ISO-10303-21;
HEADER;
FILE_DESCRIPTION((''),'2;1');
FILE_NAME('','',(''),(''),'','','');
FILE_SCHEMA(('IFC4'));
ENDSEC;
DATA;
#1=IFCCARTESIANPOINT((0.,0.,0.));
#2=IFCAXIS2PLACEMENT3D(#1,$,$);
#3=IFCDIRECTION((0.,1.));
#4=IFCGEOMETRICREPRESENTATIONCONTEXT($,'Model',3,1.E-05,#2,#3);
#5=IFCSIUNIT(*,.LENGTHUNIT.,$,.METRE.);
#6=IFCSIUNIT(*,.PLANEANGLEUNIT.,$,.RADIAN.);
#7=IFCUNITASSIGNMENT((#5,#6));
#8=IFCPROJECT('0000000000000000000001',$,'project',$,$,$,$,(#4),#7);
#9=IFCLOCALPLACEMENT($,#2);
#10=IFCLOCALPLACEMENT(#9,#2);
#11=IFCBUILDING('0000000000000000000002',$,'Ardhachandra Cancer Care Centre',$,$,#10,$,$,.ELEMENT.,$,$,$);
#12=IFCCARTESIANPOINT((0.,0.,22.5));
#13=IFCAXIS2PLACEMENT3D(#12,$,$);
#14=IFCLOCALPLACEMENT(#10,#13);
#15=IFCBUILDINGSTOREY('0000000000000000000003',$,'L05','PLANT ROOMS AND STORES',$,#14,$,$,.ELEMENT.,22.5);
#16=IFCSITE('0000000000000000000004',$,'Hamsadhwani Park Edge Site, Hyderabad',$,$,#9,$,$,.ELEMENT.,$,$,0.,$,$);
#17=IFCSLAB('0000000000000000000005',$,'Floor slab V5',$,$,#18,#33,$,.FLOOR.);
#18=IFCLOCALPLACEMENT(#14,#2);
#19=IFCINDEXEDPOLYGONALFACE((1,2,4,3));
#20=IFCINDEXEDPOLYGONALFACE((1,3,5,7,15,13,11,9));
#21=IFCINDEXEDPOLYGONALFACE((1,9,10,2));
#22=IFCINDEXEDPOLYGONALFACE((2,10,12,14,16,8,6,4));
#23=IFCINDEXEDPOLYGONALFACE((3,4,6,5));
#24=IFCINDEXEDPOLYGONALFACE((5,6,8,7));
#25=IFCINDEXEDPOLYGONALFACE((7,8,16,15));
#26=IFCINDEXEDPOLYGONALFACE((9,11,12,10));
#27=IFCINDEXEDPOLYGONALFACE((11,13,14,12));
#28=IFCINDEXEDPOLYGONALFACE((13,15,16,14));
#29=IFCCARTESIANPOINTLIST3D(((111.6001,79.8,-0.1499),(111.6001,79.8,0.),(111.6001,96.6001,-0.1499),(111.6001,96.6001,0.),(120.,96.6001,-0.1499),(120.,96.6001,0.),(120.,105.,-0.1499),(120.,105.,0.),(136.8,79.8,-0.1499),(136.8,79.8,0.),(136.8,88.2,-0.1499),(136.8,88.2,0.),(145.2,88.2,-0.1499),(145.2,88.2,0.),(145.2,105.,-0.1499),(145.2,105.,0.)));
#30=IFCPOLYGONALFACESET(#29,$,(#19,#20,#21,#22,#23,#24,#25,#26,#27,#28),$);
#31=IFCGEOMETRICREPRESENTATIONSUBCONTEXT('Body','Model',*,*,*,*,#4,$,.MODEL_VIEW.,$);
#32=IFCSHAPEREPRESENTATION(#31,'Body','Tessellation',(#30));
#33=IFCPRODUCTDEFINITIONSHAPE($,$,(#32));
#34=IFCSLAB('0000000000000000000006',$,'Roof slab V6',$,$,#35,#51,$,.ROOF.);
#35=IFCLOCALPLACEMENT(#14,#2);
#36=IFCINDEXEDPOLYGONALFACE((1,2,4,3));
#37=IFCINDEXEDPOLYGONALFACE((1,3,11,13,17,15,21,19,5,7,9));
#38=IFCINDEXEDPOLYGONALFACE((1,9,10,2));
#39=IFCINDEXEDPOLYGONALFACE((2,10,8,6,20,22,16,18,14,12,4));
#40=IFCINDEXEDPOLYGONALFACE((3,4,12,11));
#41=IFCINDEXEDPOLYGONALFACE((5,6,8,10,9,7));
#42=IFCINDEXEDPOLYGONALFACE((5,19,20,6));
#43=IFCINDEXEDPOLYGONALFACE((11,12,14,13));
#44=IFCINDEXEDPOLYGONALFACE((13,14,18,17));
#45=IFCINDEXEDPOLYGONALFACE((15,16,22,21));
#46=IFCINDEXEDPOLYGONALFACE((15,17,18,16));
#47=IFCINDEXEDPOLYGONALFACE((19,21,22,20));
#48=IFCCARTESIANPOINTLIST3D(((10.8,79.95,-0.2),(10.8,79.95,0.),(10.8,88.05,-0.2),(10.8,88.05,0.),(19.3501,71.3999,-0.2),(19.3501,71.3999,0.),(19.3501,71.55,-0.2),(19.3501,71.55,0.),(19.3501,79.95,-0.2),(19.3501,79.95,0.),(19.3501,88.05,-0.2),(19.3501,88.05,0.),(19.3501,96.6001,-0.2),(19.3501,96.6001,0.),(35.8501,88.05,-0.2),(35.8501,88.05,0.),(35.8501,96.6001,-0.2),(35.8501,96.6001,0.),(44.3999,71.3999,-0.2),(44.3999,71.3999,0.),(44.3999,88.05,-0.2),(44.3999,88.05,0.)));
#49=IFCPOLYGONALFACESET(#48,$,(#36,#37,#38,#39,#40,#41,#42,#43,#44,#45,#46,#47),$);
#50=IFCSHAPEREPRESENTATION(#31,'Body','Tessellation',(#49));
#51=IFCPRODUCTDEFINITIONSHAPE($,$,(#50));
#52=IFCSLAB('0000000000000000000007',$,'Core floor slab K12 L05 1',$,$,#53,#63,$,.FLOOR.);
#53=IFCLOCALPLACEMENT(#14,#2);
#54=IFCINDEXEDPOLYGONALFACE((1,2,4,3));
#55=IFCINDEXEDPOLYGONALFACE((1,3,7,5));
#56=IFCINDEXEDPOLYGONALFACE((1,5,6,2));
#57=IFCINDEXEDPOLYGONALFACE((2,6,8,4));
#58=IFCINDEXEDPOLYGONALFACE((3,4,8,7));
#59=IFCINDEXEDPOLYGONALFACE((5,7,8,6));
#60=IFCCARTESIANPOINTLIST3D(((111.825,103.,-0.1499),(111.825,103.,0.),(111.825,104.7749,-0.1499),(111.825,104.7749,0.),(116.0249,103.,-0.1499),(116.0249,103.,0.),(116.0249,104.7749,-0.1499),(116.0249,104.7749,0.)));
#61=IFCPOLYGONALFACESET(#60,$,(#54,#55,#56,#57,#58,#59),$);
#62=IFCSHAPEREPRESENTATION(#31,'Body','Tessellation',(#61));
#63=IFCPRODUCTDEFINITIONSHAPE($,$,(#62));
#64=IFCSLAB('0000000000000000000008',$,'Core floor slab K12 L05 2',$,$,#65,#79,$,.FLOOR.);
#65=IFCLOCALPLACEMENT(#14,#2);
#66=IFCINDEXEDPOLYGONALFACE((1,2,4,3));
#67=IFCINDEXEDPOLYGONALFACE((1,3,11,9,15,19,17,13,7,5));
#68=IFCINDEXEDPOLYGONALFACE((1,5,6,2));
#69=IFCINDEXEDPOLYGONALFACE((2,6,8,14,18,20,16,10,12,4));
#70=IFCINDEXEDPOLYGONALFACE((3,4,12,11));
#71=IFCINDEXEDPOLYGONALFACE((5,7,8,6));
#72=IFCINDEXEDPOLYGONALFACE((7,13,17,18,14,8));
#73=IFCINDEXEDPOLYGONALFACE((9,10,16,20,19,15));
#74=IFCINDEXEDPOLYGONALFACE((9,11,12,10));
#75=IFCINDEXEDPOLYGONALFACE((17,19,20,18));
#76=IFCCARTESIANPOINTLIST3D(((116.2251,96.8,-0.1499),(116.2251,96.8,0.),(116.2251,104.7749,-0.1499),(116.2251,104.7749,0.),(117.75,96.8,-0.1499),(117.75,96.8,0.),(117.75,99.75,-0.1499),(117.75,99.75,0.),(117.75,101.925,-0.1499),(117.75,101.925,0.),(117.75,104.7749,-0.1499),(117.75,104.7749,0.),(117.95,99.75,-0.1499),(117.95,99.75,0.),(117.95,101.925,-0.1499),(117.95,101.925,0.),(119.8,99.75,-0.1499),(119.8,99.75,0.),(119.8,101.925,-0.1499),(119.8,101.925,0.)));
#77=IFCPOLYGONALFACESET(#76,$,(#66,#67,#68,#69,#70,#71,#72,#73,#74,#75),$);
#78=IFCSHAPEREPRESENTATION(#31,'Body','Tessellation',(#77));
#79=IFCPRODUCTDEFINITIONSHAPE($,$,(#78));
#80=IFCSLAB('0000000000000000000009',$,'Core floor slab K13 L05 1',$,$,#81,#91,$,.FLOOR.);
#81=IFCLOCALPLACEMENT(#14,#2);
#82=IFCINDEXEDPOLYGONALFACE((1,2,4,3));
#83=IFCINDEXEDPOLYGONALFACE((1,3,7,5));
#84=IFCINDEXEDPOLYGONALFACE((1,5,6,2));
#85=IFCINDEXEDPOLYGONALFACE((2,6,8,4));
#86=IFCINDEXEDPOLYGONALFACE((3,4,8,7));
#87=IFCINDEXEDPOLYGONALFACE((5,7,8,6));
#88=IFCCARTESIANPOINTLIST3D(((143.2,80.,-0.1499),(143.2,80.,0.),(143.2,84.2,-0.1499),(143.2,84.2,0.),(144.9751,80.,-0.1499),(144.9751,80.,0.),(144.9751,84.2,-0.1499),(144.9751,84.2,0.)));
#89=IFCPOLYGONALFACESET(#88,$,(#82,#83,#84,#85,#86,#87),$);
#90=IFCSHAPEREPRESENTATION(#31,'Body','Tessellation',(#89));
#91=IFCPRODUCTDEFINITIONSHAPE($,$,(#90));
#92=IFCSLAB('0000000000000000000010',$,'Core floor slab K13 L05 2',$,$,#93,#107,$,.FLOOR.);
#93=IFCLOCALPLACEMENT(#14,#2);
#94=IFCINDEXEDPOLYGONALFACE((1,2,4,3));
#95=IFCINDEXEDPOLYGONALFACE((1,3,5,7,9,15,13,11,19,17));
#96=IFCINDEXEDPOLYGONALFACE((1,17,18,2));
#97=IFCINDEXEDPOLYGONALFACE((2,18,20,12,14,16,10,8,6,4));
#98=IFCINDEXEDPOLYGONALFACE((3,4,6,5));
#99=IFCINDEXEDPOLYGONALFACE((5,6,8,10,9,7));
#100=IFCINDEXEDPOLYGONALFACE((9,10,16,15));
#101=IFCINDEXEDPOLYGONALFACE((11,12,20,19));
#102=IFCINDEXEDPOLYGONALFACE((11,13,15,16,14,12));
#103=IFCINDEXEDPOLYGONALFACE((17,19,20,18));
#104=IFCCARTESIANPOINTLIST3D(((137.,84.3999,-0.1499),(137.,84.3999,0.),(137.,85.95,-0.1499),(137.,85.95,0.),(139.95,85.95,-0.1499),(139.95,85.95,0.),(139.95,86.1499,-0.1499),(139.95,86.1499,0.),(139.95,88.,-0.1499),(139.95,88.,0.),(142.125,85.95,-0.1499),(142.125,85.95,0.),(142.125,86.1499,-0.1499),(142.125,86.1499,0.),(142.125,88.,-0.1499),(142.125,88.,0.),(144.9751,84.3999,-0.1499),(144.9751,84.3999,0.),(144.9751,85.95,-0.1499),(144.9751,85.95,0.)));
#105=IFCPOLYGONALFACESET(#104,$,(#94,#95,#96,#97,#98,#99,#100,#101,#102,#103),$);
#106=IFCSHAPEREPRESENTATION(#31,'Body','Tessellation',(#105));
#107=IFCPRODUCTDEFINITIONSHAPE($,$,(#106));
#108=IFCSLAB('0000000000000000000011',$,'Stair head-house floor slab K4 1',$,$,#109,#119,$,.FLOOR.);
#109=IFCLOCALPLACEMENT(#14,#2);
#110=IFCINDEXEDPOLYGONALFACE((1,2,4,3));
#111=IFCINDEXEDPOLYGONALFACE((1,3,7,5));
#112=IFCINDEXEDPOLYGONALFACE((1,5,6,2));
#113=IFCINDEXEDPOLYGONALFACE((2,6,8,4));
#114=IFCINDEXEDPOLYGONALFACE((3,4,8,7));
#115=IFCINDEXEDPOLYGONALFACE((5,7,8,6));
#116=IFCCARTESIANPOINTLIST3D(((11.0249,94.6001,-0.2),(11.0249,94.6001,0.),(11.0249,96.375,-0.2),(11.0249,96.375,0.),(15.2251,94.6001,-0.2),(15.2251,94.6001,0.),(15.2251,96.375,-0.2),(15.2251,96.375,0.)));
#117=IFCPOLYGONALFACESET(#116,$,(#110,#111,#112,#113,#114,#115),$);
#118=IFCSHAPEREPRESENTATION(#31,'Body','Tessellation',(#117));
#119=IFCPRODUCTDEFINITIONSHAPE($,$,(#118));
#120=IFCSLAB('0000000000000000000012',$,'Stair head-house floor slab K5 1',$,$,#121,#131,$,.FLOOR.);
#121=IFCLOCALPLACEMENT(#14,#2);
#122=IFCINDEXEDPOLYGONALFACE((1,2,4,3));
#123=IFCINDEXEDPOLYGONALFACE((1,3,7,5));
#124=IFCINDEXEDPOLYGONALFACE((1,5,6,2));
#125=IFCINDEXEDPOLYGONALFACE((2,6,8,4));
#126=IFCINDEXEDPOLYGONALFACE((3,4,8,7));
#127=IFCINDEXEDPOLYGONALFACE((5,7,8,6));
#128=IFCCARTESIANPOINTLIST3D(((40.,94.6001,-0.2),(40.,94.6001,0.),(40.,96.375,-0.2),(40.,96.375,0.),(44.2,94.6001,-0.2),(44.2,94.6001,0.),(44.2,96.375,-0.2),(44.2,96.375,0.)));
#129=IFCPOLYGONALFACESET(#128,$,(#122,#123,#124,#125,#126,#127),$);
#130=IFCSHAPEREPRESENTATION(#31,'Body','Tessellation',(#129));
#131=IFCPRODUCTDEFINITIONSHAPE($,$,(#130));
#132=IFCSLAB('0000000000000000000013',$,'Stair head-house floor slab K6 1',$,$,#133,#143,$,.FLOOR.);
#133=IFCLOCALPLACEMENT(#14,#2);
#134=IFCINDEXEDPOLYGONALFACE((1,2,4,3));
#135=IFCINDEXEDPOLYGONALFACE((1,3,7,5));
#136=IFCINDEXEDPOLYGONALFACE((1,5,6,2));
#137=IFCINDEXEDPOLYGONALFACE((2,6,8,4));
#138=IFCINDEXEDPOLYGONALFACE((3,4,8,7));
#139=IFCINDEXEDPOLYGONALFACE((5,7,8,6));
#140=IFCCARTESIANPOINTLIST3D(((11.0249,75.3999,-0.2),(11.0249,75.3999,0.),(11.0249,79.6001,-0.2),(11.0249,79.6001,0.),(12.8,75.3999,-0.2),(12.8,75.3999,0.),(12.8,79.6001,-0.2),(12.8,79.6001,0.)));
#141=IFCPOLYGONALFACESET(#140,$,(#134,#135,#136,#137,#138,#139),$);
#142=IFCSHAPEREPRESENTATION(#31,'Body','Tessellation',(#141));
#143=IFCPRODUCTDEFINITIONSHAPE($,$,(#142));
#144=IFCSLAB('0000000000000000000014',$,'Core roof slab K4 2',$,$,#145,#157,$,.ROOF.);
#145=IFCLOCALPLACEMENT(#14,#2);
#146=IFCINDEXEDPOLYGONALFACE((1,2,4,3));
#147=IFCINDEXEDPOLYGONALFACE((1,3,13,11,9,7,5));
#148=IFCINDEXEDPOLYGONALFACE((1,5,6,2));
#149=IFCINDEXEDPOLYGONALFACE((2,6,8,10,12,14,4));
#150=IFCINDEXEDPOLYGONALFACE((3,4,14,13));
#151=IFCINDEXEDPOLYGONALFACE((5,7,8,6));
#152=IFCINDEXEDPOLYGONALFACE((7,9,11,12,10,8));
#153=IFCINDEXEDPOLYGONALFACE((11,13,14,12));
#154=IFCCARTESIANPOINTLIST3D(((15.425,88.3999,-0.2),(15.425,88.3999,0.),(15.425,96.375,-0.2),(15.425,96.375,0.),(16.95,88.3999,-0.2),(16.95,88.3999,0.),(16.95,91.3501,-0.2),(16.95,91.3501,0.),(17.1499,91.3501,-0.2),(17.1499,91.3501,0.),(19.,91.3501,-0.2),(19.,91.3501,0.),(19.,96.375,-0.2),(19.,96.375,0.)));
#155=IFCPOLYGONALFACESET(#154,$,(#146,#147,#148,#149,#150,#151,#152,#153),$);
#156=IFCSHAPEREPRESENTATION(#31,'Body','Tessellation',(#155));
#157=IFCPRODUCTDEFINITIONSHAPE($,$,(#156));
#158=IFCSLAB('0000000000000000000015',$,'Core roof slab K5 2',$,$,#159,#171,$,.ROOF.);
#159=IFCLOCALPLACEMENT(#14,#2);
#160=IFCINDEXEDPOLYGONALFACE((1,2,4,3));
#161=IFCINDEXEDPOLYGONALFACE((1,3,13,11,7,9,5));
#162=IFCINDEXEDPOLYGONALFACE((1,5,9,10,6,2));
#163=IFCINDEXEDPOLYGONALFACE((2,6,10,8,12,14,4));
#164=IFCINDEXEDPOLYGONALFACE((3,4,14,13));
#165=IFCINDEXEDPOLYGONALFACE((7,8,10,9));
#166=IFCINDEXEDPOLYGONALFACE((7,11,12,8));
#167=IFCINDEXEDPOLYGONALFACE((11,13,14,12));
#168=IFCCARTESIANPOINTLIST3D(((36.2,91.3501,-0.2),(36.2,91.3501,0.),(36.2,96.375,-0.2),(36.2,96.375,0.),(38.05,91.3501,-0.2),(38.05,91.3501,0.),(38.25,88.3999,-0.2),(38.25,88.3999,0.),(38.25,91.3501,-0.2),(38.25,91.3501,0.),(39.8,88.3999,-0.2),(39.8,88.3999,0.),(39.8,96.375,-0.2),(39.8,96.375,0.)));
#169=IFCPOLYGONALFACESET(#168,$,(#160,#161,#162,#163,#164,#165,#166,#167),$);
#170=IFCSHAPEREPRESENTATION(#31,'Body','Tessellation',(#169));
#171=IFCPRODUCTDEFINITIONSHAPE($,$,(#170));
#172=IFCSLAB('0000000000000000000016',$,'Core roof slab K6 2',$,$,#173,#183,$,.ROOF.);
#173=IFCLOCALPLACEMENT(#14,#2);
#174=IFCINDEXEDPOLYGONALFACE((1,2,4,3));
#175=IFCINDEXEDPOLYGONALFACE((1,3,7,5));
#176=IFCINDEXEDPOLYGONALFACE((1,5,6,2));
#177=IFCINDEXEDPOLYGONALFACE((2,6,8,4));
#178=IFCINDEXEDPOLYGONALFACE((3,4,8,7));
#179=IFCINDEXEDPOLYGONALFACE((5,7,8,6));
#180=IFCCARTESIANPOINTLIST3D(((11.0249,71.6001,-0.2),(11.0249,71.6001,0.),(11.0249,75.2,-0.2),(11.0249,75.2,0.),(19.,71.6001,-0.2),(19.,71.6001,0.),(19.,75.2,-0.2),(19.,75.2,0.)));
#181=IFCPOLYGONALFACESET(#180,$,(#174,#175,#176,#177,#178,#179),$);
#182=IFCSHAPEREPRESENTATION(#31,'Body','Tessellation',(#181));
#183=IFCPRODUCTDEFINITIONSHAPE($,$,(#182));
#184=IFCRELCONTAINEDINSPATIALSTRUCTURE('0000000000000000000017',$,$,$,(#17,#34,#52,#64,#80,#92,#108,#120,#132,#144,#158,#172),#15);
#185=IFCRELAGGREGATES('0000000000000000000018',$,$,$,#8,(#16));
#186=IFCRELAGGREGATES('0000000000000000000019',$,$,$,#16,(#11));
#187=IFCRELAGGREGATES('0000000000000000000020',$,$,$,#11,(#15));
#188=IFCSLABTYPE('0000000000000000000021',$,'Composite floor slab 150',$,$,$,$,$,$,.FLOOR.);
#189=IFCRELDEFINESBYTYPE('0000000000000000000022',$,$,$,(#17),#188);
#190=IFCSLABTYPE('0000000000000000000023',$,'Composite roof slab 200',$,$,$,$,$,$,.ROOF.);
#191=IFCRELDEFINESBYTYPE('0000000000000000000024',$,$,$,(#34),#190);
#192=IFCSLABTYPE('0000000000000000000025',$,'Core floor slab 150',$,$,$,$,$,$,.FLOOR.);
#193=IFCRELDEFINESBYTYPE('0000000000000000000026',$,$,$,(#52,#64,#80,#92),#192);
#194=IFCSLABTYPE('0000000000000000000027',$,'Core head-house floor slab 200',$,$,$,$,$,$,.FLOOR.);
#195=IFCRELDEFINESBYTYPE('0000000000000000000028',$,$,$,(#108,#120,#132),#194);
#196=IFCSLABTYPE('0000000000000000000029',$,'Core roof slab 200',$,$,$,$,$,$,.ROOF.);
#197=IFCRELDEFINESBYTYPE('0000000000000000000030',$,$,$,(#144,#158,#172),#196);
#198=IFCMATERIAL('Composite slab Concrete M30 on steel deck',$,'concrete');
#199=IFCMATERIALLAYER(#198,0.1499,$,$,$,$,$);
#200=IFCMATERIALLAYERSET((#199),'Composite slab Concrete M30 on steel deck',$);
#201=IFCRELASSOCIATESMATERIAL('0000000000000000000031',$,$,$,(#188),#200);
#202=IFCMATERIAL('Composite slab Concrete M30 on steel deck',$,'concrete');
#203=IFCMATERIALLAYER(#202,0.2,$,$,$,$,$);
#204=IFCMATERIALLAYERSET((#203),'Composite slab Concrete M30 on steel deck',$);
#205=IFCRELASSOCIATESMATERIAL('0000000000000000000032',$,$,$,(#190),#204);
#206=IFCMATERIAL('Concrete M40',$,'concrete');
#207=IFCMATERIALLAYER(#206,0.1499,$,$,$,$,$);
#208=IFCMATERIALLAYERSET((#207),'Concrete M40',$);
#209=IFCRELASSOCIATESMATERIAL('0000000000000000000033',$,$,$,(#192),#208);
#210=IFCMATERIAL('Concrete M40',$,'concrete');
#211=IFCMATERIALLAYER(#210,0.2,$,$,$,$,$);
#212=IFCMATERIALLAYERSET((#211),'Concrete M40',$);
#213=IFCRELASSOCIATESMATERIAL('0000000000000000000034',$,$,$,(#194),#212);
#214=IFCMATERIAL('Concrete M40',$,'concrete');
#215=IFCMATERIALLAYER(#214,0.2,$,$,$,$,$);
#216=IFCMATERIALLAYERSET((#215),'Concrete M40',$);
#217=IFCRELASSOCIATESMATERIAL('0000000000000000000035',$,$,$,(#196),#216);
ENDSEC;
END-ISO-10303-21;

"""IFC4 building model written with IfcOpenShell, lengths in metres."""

from ifc_helpers import new_model, si_unit, direction, frame, origin, place, context, subcontext, project, spatial, polyline, outline, extrude, material, layer, layer_set, type_object, element, save


model = new_model("IFC4")

# Units and contexts
model_context = context("Model", 3, precision=1e-05, world=origin(), true_north=direction((0.0, 1.0)))
body_context = subcontext(model_context, "Body", "Model", "MODEL_VIEW")
ifc_project = project(units=[si_unit("LENGTHUNIT", "METRE"), si_unit("PLANEANGLEUNIT", "RADIAN")], contexts=[model_context])

# Site, building, storey
site_placement = place(None, origin())
site = spatial("IfcSite", under=ifc_project, at=site_placement, Name="Hamsadhwani Park Edge Site, Hyderabad", CompositionType="ELEMENT", RefElevation=0.0)
building_placement = place(site_placement, origin())
building = spatial("IfcBuilding", under=site, at=building_placement, Name="Ardhachandra Cancer Care Centre", CompositionType="ELEMENT")
storey_placement = place(building_placement, frame((0.0, 0.0, 22.5)))
storey = spatial("IfcBuildingStorey", under=building, at=storey_placement, Name="L05", Description="PLANT ROOMS AND STORES", CompositionType="ELEMENT", Elevation=22.5)

# Slabs
ifc_material_1 = material(Name="Composite slab Concrete M30 on steel deck", Category="concrete")
ifc_layer_1 = layer(ifc_material_1, 0.1499)
ifc_layer_set_1 = layer_set([ifc_layer_1], Name="Composite slab Concrete M30 on steel deck")
slab_type_1 = type_object("IfcSlabType", Name="Composite floor slab 150", PredefinedType="FLOOR", material=ifc_layer_set_1)
slab_1_placement = place(storey_placement, frame((0.0, 0.0, -0.1499)))
element("IfcSlab", 1, at=slab_1_placement, inside=storey, type_object=slab_type_1, Name="Floor slab V5", PredefinedType="FLOOR", context=body_context, shape_type="SweptSolid", body=[
    extrude(outline(polyline([(120.0, 105.0), (120.0, 96.6001), (111.6001, 96.6001), (111.6001, 79.8), (136.8, 79.8), (136.8, 88.2), (145.2, 88.2), (145.2, 105.0), (120.0, 105.0)])), origin(), (0.0, 0.0, 1.0), 0.1499),
])
ifc_material_2 = material(Name="Composite slab Concrete M30 on steel deck", Category="concrete")
ifc_layer_2 = layer(ifc_material_2, 0.2)
ifc_layer_set_2 = layer_set([ifc_layer_2], Name="Composite slab Concrete M30 on steel deck")
slab_type_2 = type_object("IfcSlabType", Name="Composite roof slab 200", PredefinedType="ROOF", material=ifc_layer_set_2)
slab_2_placement = place(storey_placement, frame((0.0, 0.0, -0.2)))
element("IfcSlab", 2, at=slab_2_placement, inside=storey, type_object=slab_type_2, Name="Roof slab V6", PredefinedType="ROOF", context=body_context, shape_type="SweptSolid", body=[
    extrude(outline(polyline([(44.3999, 88.05), (35.8501, 88.05), (35.8501, 96.6001), (19.3501, 96.6001), (19.3501, 88.05), (10.8, 88.05), (10.8, 79.95), (19.3501, 79.95), (19.3501, 71.55), (19.3501, 71.3999), (44.3999, 71.3999), (44.3999, 88.05)])), origin(), (0.0, 0.0, 1.0), 0.2),
])
ifc_material_3 = material(Name="Concrete M40", Category="concrete")
ifc_layer_3 = layer(ifc_material_3, 0.1499)
ifc_layer_set_3 = layer_set([ifc_layer_3], Name="Concrete M40")
slab_type_3 = type_object("IfcSlabType", Name="Core floor slab 150", PredefinedType="FLOOR", material=ifc_layer_set_3)
slab_3_placement = place(storey_placement, frame((0.0, 0.0, -0.1499)))
element("IfcSlab", 3, at=slab_3_placement, inside=storey, type_object=slab_type_3, Name="Core floor slab K12 L05 1", PredefinedType="FLOOR", context=body_context, shape_type="SweptSolid", body=[
    extrude(outline(polyline([(111.825, 104.7749), (116.0249, 104.7749), (116.0249, 103.0), (111.825, 103.0), (111.825, 104.7749)])), origin(), (0.0, 0.0, 1.0), 0.1499),
])
slab_4_placement = place(storey_placement, frame((0.0, 0.0, -0.1499)))
element("IfcSlab", 4, at=slab_4_placement, inside=storey, type_object=slab_type_3, Name="Core floor slab K12 L05 2", PredefinedType="FLOOR", context=body_context, shape_type="SweptSolid", body=[
    extrude(outline(polyline([(119.8, 99.75), (117.95, 99.75), (117.75, 99.75), (117.75, 96.8), (116.2251, 96.8), (116.2251, 104.7749), (117.75, 104.7749), (117.75, 101.925), (117.95, 101.925), (119.8, 101.925), (119.8, 99.75)])), origin(), (0.0, 0.0, 1.0), 0.1499),
])
slab_5_placement = place(storey_placement, frame((0.0, 0.0, -0.1499)))
element("IfcSlab", 5, at=slab_5_placement, inside=storey, type_object=slab_type_3, Name="Core floor slab K13 L05 1", PredefinedType="FLOOR", context=body_context, shape_type="SweptSolid", body=[
    extrude(outline(polyline([(144.9751, 80.0), (144.9751, 84.2), (143.2, 84.2), (143.2, 80.0), (144.9751, 80.0)])), origin(), (0.0, 0.0, 1.0), 0.1499),
])
slab_6_placement = place(storey_placement, frame((0.0, 0.0, -0.1499)))
element("IfcSlab", 6, at=slab_6_placement, inside=storey, type_object=slab_type_3, Name="Core floor slab K13 L05 2", PredefinedType="FLOOR", context=body_context, shape_type="SweptSolid", body=[
    extrude(outline(polyline([(139.95, 88.0), (139.95, 86.1499), (139.95, 85.95), (137.0, 85.95), (137.0, 84.3999), (144.9751, 84.3999), (144.9751, 85.95), (142.125, 85.95), (142.125, 86.1499), (142.125, 88.0), (139.95, 88.0)])), origin(), (0.0, 0.0, 1.0), 0.1499),
])
ifc_material_4 = material(Name="Concrete M40", Category="concrete")
ifc_layer_4 = layer(ifc_material_4, 0.2)
ifc_layer_set_4 = layer_set([ifc_layer_4], Name="Concrete M40")
slab_type_4 = type_object("IfcSlabType", Name="Core head-house floor slab 200", PredefinedType="FLOOR", material=ifc_layer_set_4)
slab_7_placement = place(storey_placement, frame((0.0, 0.0, -0.2)))
element("IfcSlab", 7, at=slab_7_placement, inside=storey, type_object=slab_type_4, Name="Stair head-house floor slab K4 1", PredefinedType="FLOOR", context=body_context, shape_type="SweptSolid", body=[
    extrude(outline(polyline([(15.2251, 96.375), (15.2251, 94.6001), (11.0249, 94.6001), (11.0249, 96.375), (15.2251, 96.375)])), origin(), (0.0, 0.0, 1.0), 0.2),
])
slab_8_placement = place(storey_placement, frame((0.0, 0.0, -0.2)))
element("IfcSlab", 8, at=slab_8_placement, inside=storey, type_object=slab_type_4, Name="Stair head-house floor slab K5 1", PredefinedType="FLOOR", context=body_context, shape_type="SweptSolid", body=[
    extrude(outline(polyline([(40.0, 96.375), (40.0, 94.6001), (44.2, 94.6001), (44.2, 96.375), (40.0, 96.375)])), origin(), (0.0, 0.0, 1.0), 0.2),
])
slab_9_placement = place(storey_placement, frame((0.0, 0.0, -0.2)))
element("IfcSlab", 9, at=slab_9_placement, inside=storey, type_object=slab_type_4, Name="Stair head-house floor slab K6 1", PredefinedType="FLOOR", context=body_context, shape_type="SweptSolid", body=[
    extrude(outline(polyline([(11.0249, 75.3999), (12.8, 75.3999), (12.8, 79.6001), (11.0249, 79.6001), (11.0249, 75.3999)])), origin(), (0.0, 0.0, 1.0), 0.2),
])
ifc_material_5 = material(Name="Concrete M40", Category="concrete")
ifc_layer_5 = layer(ifc_material_5, 0.2)
ifc_layer_set_5 = layer_set([ifc_layer_5], Name="Concrete M40")
slab_type_5 = type_object("IfcSlabType", Name="Core roof slab 200", PredefinedType="ROOF", material=ifc_layer_set_5)
slab_10_placement = place(storey_placement, frame((0.0, 0.0, -0.2)))
element("IfcSlab", 10, at=slab_10_placement, inside=storey, type_object=slab_type_5, Name="Core roof slab K4 2", PredefinedType="ROOF", context=body_context, shape_type="SweptSolid", body=[
    extrude(outline(polyline([(19.0, 91.3501), (17.1499, 91.3501), (16.95, 91.3501), (16.95, 88.3999), (15.425, 88.3999), (15.425, 96.375), (19.0, 96.375), (19.0, 91.3501)])), origin(), (0.0, 0.0, 1.0), 0.2),
])
slab_11_placement = place(storey_placement, frame((0.0, 0.0, -0.2)))
element("IfcSlab", 11, at=slab_11_placement, inside=storey, type_object=slab_type_5, Name="Core roof slab K5 2", PredefinedType="ROOF", context=body_context, shape_type="SweptSolid", body=[
    extrude(outline(polyline([(36.2, 91.3501), (38.05, 91.3501), (38.25, 91.3501), (38.25, 88.3999), (39.8, 88.3999), (39.8, 96.375), (36.2, 96.375), (36.2, 91.3501)])), origin(), (0.0, 0.0, 1.0), 0.2),
])
slab_12_placement = place(storey_placement, frame((0.0, 0.0, -0.2)))
element("IfcSlab", 12, at=slab_12_placement, inside=storey, type_object=slab_type_5, Name="Core roof slab K6 2", PredefinedType="ROOF", context=body_context, shape_type="SweptSolid", body=[
    extrude(outline(polyline([(19.0, 71.6001), (19.0, 75.2), (11.0249, 75.2), (11.0249, 71.6001), (19.0, 71.6001)])), origin(), (0.0, 0.0, 1.0), 0.2),
])

save(model, "model.ifc")
